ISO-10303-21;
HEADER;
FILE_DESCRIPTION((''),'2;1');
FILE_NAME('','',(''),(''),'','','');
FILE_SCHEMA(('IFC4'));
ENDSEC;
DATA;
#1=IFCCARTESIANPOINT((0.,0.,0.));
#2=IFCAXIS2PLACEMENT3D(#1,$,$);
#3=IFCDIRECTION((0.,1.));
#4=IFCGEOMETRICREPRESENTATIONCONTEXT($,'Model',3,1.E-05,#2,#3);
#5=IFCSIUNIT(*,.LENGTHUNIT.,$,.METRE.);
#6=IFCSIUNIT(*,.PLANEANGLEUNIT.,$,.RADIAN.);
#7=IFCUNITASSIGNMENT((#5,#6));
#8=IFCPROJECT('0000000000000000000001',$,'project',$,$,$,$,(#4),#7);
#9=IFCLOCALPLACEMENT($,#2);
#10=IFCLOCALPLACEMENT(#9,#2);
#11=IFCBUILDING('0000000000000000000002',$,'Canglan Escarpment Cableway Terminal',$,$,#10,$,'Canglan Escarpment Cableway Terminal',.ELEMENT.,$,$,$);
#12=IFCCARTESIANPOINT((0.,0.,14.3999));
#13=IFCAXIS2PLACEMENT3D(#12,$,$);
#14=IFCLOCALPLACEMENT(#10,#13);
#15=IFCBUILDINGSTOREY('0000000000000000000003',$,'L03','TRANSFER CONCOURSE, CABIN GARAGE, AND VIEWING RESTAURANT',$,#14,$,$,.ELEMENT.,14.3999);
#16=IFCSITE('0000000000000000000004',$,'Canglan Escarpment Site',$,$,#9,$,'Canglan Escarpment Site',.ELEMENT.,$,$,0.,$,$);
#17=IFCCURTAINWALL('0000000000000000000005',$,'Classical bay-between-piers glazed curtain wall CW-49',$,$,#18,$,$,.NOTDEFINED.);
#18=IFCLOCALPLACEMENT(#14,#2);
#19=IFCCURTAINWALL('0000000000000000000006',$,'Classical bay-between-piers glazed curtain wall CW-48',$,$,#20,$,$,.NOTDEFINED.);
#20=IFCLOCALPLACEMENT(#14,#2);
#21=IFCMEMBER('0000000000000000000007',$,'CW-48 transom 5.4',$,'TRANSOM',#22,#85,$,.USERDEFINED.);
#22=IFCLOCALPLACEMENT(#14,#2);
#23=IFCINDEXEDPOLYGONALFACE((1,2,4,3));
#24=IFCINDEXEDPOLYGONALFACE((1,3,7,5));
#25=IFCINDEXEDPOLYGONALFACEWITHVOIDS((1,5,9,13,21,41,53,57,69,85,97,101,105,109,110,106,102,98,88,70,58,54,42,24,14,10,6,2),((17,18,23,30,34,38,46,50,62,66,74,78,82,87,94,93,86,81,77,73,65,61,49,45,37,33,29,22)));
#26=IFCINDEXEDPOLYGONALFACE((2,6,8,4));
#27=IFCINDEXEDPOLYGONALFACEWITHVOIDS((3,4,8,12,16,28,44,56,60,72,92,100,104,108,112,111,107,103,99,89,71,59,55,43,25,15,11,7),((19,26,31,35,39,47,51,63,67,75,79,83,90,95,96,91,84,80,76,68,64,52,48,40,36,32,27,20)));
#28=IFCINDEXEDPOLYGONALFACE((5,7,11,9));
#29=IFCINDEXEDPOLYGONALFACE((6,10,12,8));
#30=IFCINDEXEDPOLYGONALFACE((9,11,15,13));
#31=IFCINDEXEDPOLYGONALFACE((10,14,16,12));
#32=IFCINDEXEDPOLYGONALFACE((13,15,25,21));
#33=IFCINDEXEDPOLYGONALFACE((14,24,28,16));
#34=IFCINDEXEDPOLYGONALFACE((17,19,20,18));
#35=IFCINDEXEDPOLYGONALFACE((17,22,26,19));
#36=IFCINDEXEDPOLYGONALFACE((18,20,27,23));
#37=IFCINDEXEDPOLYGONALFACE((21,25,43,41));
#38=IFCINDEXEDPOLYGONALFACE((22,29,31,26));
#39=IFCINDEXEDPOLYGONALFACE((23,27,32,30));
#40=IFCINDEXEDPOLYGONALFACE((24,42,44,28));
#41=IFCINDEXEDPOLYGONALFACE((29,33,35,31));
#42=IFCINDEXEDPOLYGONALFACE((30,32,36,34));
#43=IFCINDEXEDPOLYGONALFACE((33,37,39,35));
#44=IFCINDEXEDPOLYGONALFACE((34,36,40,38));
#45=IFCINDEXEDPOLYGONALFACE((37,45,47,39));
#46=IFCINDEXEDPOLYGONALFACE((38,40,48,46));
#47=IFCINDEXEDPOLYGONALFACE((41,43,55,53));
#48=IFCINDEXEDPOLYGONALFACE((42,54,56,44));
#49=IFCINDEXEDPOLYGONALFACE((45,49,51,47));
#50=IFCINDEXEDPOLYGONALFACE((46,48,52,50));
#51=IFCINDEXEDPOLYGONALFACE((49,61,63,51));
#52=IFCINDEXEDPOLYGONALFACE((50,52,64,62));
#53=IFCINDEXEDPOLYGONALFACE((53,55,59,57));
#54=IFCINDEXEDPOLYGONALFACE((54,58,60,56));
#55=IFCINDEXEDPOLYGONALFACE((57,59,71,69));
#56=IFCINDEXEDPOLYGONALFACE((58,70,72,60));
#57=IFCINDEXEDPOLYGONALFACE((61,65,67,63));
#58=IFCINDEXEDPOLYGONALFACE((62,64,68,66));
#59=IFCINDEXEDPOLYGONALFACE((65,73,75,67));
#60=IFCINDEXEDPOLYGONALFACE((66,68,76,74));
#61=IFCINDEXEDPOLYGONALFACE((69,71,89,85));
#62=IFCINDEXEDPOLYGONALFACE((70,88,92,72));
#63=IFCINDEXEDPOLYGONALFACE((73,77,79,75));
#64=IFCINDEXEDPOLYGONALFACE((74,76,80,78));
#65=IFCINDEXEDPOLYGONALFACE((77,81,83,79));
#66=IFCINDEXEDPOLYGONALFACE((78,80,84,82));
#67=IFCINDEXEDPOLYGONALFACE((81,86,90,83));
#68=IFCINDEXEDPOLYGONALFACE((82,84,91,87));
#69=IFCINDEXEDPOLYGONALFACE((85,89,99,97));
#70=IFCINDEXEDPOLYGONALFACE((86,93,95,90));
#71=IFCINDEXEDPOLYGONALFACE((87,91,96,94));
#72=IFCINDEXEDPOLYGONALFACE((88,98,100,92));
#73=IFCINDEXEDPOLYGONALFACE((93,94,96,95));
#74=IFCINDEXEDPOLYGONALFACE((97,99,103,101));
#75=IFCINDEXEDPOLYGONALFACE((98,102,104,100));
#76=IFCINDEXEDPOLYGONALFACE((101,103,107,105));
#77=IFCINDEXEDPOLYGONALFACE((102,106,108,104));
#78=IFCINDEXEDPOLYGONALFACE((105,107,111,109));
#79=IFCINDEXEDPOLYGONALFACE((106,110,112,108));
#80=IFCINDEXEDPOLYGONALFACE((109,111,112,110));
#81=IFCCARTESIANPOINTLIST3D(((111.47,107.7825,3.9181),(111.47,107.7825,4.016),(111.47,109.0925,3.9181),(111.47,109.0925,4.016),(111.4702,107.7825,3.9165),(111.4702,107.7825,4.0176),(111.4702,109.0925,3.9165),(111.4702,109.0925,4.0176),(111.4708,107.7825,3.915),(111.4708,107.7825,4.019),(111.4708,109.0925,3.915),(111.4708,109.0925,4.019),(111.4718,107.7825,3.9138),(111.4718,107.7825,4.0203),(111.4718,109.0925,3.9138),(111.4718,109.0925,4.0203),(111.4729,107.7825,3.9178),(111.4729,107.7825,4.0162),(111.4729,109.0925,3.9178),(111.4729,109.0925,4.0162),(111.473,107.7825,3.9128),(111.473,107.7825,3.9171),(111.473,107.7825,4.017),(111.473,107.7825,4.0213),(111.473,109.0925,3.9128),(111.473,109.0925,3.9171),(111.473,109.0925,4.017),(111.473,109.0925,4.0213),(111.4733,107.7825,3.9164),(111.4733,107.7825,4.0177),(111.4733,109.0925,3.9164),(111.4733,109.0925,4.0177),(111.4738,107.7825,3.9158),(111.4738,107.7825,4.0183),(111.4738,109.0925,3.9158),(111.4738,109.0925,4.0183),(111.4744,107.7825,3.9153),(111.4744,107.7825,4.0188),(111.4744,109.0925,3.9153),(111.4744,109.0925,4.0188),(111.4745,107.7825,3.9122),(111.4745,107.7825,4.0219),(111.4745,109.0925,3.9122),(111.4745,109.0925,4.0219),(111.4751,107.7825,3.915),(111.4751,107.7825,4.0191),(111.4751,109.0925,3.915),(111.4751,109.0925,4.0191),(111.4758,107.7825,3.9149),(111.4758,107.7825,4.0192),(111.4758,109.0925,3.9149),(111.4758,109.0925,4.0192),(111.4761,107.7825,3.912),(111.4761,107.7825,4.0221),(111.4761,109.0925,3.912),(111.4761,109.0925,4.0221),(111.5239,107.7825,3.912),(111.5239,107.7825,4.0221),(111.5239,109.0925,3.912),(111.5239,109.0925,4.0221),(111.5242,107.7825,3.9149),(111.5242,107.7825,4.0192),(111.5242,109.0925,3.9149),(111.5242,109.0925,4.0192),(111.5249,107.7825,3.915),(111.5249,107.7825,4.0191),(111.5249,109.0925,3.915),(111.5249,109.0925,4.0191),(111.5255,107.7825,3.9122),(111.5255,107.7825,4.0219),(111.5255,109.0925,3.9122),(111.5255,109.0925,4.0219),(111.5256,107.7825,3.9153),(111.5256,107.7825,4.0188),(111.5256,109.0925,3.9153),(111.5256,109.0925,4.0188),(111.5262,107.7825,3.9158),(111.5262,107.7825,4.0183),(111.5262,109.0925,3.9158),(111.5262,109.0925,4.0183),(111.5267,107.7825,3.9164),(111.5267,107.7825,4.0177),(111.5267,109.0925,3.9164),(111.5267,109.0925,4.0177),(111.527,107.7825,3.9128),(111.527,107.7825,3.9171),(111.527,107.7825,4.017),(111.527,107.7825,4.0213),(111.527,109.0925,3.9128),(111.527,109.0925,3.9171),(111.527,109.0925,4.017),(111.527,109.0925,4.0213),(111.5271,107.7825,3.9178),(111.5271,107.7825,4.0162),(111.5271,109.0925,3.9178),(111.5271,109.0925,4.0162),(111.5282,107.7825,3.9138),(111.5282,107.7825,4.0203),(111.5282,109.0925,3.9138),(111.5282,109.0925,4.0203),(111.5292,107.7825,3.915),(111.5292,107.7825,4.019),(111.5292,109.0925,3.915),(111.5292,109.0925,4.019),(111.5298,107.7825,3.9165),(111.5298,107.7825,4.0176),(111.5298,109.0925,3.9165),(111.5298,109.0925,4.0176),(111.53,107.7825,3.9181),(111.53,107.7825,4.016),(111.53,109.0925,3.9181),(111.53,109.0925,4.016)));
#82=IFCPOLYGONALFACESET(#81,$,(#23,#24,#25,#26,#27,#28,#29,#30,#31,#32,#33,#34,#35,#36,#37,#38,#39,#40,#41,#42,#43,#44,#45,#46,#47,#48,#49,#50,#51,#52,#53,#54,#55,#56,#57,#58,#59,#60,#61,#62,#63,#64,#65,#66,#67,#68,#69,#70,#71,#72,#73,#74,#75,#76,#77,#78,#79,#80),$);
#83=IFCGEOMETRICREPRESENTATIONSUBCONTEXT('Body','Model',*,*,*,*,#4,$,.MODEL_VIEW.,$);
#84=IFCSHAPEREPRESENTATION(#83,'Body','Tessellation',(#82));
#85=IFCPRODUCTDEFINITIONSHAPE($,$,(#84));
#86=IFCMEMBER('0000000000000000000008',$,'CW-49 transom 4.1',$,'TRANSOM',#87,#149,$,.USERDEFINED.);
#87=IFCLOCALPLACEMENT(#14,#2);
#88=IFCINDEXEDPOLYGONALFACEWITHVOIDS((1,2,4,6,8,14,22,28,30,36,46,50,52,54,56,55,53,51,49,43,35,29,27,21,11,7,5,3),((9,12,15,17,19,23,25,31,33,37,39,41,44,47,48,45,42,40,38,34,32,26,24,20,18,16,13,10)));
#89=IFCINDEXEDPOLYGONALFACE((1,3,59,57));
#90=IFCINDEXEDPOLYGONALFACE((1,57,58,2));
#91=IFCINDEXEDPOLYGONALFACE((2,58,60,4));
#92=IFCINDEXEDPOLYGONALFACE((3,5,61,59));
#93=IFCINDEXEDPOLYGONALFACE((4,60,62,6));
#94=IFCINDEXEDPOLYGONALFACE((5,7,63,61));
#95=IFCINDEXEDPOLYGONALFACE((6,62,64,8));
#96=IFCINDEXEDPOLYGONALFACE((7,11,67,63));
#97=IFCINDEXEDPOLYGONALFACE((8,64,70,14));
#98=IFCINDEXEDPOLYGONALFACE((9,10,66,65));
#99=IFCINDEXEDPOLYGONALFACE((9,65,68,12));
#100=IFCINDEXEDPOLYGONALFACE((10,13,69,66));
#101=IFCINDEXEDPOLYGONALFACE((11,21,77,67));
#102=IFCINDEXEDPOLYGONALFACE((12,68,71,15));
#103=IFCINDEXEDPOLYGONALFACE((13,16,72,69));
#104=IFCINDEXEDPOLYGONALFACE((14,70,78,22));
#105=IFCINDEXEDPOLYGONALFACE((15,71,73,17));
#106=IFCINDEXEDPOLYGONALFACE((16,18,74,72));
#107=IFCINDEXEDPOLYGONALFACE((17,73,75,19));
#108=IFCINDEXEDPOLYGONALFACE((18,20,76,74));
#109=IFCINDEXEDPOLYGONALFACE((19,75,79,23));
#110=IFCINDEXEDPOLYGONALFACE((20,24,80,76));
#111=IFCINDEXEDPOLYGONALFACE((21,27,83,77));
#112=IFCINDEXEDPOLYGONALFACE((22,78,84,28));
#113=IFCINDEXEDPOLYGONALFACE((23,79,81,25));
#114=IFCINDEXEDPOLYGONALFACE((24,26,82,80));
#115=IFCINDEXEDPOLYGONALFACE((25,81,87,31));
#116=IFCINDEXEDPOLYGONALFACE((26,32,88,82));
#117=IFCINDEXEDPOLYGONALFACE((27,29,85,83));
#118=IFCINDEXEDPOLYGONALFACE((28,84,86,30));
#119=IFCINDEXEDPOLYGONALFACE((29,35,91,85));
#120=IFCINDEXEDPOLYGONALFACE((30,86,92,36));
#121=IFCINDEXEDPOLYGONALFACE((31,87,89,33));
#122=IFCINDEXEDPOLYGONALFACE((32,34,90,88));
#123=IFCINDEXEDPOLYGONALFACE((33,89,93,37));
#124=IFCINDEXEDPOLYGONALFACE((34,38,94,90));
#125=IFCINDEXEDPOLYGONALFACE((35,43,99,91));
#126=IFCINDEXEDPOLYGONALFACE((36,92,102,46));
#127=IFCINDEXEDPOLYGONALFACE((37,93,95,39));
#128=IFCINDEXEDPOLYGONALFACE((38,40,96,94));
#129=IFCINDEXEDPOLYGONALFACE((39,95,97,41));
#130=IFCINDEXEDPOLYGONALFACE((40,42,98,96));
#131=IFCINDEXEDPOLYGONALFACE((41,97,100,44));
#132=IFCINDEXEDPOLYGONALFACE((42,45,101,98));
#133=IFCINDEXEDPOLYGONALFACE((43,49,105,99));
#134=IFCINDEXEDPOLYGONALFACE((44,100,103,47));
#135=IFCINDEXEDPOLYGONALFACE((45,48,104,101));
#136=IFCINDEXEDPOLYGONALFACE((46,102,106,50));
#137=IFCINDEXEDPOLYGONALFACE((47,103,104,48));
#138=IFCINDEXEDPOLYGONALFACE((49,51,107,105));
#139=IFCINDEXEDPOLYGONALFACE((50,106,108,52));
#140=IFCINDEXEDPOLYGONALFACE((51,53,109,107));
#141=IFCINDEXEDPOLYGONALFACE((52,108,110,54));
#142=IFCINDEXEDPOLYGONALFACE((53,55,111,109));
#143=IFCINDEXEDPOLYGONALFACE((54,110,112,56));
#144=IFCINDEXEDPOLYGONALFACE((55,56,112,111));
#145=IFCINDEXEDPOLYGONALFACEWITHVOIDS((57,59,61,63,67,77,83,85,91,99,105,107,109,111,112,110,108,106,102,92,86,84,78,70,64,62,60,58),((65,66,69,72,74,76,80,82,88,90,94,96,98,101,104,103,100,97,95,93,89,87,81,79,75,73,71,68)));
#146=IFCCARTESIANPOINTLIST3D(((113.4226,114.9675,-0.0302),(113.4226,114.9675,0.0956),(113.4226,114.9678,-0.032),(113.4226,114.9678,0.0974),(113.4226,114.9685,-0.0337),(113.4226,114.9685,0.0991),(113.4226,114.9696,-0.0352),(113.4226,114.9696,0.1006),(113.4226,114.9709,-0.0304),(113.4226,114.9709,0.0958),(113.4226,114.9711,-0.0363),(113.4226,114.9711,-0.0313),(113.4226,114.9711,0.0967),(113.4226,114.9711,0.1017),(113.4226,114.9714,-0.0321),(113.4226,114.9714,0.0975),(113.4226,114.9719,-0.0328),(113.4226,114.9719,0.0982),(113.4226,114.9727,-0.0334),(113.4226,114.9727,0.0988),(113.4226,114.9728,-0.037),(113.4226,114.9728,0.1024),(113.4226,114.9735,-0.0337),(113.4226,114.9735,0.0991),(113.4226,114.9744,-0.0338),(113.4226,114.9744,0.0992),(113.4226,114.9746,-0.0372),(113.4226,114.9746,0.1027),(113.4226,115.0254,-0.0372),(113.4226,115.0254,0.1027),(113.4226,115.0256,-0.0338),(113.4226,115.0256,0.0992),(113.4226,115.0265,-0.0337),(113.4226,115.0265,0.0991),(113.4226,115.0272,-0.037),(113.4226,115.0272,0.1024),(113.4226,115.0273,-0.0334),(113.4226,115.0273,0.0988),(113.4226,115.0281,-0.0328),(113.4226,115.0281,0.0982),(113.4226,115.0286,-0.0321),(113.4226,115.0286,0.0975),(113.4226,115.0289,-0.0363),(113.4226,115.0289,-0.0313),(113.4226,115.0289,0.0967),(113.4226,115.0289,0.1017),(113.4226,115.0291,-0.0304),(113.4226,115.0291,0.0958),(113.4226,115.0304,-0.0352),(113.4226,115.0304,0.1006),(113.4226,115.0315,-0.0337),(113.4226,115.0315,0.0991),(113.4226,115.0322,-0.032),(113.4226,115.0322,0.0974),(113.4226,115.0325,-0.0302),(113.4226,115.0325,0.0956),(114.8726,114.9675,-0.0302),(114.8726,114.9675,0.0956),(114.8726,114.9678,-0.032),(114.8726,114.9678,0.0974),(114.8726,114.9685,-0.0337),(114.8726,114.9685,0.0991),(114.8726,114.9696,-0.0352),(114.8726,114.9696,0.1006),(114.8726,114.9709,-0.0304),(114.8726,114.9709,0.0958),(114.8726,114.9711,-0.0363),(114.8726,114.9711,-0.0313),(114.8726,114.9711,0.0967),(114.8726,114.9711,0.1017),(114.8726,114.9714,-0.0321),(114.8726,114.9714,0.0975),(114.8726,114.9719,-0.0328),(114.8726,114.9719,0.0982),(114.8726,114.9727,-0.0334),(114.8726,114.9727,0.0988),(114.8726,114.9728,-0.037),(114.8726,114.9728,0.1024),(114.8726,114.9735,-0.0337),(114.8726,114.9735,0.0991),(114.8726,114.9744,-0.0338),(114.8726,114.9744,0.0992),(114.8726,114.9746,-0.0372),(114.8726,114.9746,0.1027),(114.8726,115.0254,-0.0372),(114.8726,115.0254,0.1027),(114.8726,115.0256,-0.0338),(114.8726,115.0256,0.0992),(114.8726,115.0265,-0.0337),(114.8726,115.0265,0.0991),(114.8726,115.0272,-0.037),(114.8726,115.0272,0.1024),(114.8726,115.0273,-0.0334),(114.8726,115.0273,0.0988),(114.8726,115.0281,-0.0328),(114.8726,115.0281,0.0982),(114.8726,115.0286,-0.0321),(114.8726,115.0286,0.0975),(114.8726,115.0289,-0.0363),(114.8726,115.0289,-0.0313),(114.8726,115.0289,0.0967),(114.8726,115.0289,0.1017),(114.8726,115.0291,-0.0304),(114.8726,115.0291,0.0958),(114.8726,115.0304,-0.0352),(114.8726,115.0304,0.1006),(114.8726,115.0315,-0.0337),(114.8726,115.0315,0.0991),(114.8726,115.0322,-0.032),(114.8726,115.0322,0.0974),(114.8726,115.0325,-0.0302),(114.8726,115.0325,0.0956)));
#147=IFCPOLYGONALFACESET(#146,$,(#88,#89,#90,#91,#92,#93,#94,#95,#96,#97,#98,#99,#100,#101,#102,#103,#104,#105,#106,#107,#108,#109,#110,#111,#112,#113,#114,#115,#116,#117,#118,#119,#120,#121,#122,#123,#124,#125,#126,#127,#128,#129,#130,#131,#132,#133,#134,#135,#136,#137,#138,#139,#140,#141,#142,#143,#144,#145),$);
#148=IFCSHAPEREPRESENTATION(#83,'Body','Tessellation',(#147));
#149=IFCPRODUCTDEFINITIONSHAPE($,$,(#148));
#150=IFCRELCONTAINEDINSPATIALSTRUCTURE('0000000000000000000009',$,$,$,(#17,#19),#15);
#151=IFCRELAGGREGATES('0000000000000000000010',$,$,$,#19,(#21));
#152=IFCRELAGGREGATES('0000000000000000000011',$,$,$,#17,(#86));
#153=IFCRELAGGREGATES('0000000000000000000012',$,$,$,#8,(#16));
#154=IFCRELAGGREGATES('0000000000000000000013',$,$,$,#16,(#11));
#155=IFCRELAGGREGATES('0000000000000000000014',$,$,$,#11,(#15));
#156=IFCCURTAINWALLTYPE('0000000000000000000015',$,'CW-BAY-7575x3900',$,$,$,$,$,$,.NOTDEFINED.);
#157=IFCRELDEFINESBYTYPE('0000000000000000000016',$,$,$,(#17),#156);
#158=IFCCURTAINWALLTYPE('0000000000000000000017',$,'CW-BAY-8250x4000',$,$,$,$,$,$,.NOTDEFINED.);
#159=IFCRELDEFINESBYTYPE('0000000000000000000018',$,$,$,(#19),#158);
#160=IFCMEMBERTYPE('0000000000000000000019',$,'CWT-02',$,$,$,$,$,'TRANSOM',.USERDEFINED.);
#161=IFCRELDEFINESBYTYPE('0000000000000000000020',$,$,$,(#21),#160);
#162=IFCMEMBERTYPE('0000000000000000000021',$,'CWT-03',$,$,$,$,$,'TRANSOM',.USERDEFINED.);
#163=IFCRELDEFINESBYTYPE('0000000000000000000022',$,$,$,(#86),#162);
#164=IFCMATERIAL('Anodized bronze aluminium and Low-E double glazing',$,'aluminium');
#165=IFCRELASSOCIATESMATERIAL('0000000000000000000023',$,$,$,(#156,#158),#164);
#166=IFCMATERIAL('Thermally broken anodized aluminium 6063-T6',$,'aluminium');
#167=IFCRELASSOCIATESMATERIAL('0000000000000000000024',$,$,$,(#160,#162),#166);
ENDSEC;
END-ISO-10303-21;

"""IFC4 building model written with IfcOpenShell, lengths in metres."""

from ifc_helpers import new_model, si_unit, direction, frame, origin, origin_2d, place, context, subcontext, project, spatial, hollow_rectangle, extrude, material, material_profile, profile_set, type_object, element, aggregate, save


model = new_model("IFC4")

# Units and contexts
model_context = context("Model", 3, precision=1e-05, world=origin(), true_north=direction((0.0, 1.0)))
body_context = subcontext(model_context, "Body", "Model", "MODEL_VIEW")
ifc_project = project(units=[si_unit("LENGTHUNIT", "METRE"), si_unit("PLANEANGLEUNIT", "RADIAN")], contexts=[model_context])

# Site, building, storey
site_placement = place(None, origin())
site = spatial("IfcSite", under=ifc_project, at=site_placement, Name="Canglan Escarpment Site", LongName="Canglan Escarpment Site", CompositionType="ELEMENT", RefElevation=0.0)
building_placement = place(site_placement, origin())
building = spatial("IfcBuilding", under=site, at=building_placement, Name="Canglan Escarpment Cableway Terminal", LongName="Canglan Escarpment Cableway Terminal", CompositionType="ELEMENT")
storey_placement = place(building_placement, frame((0.0, 0.0, 14.3999)))
storey = spatial("IfcBuildingStorey", under=building, at=storey_placement, Name="L03", Description="TRANSFER CONCOURSE, CABIN GARAGE, AND VIEWING RESTAURANT", CompositionType="ELEMENT", Elevation=14.3999)

# Curtain walls, member
ifc_material_1 = material(Name="Anodized bronze aluminium and Low-E double glazing", Category="aluminium")
curtain_wall_type_1 = type_object("IfcCurtainWallType", Name="CW-BAY-7575x3900", PredefinedType="NOTDEFINED", material=ifc_material_1)
curtain_wall_1_placement = place(storey_placement, origin())
curtain_wall_1 = element("IfcCurtainWall", 1, at=curtain_wall_1_placement, inside=storey, type_object=curtain_wall_type_1, Name="Classical bay-between-piers glazed curtain wall CW-49", PredefinedType="NOTDEFINED")
ifc_material_2 = material(Name="Thermally broken anodized aluminium 6063-T6", Category="aluminium")
curtain_wall_type_2 = type_object("IfcCurtainWallType", Name="CW-BAY-8250x4000", PredefinedType="NOTDEFINED", material=ifc_material_1)
curtain_wall_2_placement = place(storey_placement, origin())
curtain_wall_2 = element("IfcCurtainWall", 2, at=curtain_wall_2_placement, inside=storey, type_object=curtain_wall_type_2, Name="Classical bay-between-piers glazed curtain wall CW-48", PredefinedType="NOTDEFINED")
ifc_material_profile_1 = material_profile(ifc_material_2, hollow_rectangle(XDim=0.0601, YDim=0.1101, WallThickness=0.0029, InnerFilletRadius=0.0029, OuterFilletRadius=0.0061, at=origin_2d()), Name="ALU-TRAN 60x110x3")
ifc_profile_set_1 = profile_set([ifc_material_profile_1], Name="Thermally broken anodized aluminium 6063-T6")
member_type_1 = type_object("IfcMemberType", Name="CWT-02", ElementType="TRANSOM", PredefinedType="USERDEFINED", material=ifc_profile_set_1)
member_1_placement = place(storey_placement, frame((111.5, 109.0925, 3.967), z_axis=(0.0, -1.0, 0.0), x_axis=(1.0, 0.0, 0.0)))
member_1 = element("IfcMember", 3, at=member_1_placement, type_object=member_type_1, Name="CW-48 transom 5.4", ObjectType="TRANSOM", PredefinedType="USERDEFINED", context=body_context, shape_type="SweptSolid", body=[
    extrude(hollow_rectangle(XDim=0.0601, YDim=0.1101, WallThickness=0.0029, InnerFilletRadius=0.0029, OuterFilletRadius=0.0061, at=origin_2d()), origin(), (0.0, 0.0, 1.0), 1.3101),
])

# Member
ifc_material_profile_2 = material_profile(ifc_material_2, hollow_rectangle(XDim=0.0649, YDim=0.1399, WallThickness=0.0034, InnerFilletRadius=0.0034, OuterFilletRadius=0.0071, at=origin_2d()), Name="ALU-TRAN 65x140x3.5")
ifc_profile_set_2 = profile_set([ifc_material_profile_2], Name="Thermally broken anodized aluminium 6063-T6")
member_type_2 = type_object("IfcMemberType", Name="CWT-03", ElementType="TRANSOM", PredefinedType="USERDEFINED", material=ifc_profile_set_2)
member_2_placement = place(storey_placement, frame((114.8726, 115.0, 0.0327), z_axis=(-1.0, 0.0, 0.0), x_axis=(0.0, -1.0, 0.0)))
member_2 = element("IfcMember", 4, at=member_2_placement, type_object=member_type_2, Name="CW-49 transom 4.1", ObjectType="TRANSOM", PredefinedType="USERDEFINED", context=body_context, shape_type="SweptSolid", body=[
    extrude(hollow_rectangle(XDim=0.0649, YDim=0.1399, WallThickness=0.0034, InnerFilletRadius=0.0034, OuterFilletRadius=0.0071, at=origin_2d()), origin(), (0.0, 0.0, 1.0), 1.45),
])

aggregate(curtain_wall_2, [member_1])
aggregate(curtain_wall_1, [member_2])

save(model, "model.ifc")
